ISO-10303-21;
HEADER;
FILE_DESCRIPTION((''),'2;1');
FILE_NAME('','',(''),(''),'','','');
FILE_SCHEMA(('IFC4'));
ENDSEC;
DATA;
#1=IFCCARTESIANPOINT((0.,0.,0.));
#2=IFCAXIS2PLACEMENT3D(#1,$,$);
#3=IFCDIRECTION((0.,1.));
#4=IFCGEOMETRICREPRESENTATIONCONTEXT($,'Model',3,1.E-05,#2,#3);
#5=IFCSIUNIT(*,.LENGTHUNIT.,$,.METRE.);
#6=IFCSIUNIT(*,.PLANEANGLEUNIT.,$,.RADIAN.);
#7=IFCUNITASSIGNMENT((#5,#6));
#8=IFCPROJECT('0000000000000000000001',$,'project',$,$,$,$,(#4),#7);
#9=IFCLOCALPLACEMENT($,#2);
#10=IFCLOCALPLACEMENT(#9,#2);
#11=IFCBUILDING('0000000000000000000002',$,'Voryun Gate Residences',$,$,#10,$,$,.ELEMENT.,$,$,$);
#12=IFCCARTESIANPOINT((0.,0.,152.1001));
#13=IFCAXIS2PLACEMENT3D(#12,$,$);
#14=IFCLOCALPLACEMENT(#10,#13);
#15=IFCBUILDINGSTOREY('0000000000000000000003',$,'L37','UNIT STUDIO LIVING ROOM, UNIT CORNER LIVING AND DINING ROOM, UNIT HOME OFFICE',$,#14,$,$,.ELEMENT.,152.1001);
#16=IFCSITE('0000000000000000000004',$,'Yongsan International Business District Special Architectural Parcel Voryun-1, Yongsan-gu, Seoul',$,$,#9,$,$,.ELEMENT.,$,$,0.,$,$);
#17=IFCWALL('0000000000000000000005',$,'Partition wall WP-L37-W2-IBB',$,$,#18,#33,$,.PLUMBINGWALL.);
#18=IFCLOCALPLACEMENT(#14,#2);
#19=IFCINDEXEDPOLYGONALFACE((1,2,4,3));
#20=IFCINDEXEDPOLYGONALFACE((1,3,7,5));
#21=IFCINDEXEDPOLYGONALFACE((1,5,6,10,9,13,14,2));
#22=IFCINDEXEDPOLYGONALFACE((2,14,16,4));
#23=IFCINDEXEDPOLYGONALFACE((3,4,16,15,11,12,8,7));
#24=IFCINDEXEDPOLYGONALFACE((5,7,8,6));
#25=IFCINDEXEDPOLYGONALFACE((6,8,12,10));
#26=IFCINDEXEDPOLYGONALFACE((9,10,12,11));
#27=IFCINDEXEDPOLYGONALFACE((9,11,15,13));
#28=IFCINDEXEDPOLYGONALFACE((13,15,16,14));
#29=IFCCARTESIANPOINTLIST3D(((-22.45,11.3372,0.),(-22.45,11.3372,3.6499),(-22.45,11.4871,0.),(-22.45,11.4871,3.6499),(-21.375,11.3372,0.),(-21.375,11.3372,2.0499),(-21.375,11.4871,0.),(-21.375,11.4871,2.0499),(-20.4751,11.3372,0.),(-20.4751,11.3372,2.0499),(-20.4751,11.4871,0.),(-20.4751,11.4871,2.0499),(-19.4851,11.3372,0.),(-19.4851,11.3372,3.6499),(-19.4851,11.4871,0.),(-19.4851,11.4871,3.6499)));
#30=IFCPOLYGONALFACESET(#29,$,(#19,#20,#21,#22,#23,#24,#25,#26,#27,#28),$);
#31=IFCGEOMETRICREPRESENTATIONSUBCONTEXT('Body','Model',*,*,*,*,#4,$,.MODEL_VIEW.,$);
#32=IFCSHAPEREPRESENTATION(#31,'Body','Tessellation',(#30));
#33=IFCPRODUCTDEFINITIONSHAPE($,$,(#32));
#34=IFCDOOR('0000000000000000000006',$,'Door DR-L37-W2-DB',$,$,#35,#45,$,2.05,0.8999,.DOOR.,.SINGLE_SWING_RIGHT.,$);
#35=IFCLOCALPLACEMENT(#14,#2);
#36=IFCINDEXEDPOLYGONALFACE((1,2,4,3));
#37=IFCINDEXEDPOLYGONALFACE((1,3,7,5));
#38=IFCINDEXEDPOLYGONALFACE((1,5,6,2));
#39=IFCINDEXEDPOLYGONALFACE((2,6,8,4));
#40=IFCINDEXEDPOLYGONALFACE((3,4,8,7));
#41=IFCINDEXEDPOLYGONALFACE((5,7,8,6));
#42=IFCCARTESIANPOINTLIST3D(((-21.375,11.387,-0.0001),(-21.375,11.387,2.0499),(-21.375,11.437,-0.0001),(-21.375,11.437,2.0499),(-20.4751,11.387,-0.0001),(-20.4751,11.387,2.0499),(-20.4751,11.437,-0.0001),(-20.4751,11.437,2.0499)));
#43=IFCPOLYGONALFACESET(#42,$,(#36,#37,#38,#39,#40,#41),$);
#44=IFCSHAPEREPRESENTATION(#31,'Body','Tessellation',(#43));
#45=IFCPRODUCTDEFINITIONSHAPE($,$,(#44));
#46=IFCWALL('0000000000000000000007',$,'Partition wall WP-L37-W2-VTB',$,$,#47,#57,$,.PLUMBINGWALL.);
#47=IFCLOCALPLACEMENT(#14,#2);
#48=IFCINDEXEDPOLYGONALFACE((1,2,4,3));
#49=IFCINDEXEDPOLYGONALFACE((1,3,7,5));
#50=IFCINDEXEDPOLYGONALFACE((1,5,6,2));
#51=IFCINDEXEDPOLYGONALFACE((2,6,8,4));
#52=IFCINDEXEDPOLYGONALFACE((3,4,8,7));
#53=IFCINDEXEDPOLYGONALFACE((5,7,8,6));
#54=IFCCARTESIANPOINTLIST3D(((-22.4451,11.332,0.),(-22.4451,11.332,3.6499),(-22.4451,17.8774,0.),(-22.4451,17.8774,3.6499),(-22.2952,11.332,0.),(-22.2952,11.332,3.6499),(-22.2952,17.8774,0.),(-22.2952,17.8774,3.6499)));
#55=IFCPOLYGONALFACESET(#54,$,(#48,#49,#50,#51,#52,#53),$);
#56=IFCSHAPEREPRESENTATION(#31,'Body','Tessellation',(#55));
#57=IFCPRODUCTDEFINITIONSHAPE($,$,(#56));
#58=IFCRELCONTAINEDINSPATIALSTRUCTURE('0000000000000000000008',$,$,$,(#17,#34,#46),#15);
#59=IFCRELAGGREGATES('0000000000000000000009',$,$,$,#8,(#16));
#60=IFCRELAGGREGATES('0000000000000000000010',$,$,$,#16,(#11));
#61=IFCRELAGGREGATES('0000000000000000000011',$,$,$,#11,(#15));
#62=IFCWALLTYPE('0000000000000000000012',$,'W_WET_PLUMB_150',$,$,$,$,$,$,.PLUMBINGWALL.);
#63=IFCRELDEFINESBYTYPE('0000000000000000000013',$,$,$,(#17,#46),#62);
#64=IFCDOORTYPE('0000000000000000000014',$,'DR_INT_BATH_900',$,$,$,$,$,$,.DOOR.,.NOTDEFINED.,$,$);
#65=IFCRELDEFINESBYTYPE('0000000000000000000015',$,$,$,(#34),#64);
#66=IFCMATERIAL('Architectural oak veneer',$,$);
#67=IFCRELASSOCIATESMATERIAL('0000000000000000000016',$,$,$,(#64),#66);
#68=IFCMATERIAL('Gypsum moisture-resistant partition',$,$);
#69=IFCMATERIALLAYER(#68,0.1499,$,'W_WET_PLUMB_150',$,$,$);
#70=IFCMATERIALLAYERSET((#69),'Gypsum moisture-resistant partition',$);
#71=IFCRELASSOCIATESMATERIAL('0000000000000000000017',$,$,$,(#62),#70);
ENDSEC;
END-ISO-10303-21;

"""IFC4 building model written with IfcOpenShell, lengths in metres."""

from ifc_helpers import new_model, si_unit, direction, frame, frame_2d, origin, place, context, subcontext, project, spatial, rectangle, extrude, material, layer, layer_set, type_object, element, fill, save


model = new_model("IFC4")

# Units and contexts
model_context = context("Model", 3, precision=1e-05, world=origin(), true_north=direction((0.0, 1.0)))
body_context = subcontext(model_context, "Body", "Model", "MODEL_VIEW")
ifc_project = project(units=[si_unit("LENGTHUNIT", "METRE"), si_unit("PLANEANGLEUNIT", "RADIAN")], contexts=[model_context])

# Site, building, storey
site_placement = place(None, origin())
site = spatial("IfcSite", under=ifc_project, at=site_placement, Name="Yongsan International Business District Special Architectural Parcel Voryun-1, Yongsan-gu, Seoul", CompositionType="ELEMENT", RefElevation=0.0)
building_placement = place(site_placement, origin())
building = spatial("IfcBuilding", under=site, at=building_placement, Name="Voryun Gate Residences", CompositionType="ELEMENT")
storey_placement = place(building_placement, frame((0.0, 0.0, 152.1001)))
storey = spatial("IfcBuildingStorey", under=building, at=storey_placement, Name="L37", Description="UNIT STUDIO LIVING ROOM, UNIT CORNER LIVING AND DINING ROOM, UNIT HOME OFFICE", CompositionType="ELEMENT", Elevation=152.1001)

# Shared definitions
ifc_material_1 = material(Name="Architectural oak veneer")
door_type_1 = type_object("IfcDoorType", Name="DR_INT_BATH_900", OperationType="NOTDEFINED", PredefinedType="DOOR", material=ifc_material_1)

# Shared definitions
ifc_material_2 = material(Name="Gypsum moisture-resistant partition")
ifc_layer_1 = layer(ifc_material_2, 0.1499, Name="W_WET_PLUMB_150")
ifc_layer_set_1 = layer_set([ifc_layer_1], Name="Gypsum moisture-resistant partition")
wall_type_1 = type_object("IfcWallType", Name="W_WET_PLUMB_150", PredefinedType="PLUMBINGWALL", material=ifc_layer_set_1)

# Wall, opening, door
wall_1_placement = place(storey_placement, frame((-22.45, 11.4121, 0.0), z_axis=(0.0, 0.0, 1.0), x_axis=(1.0, 0.0, 0.0)))
wall_1 = element("IfcWall", 1, at=wall_1_placement, inside=storey, type_object=wall_type_1, Name="Partition wall WP-L37-W2-IBB", PredefinedType="PLUMBINGWALL", context=body_context, shape_type="SweptSolid", body=[
    extrude(rectangle(XDim=2.9648, YDim=0.1499, at=frame_2d((1.4824, 0.0))), origin(), (0.0, 0.0, 1.0), 3.6499),
])
opening_1_placement = place(wall_1_placement, frame((1.075, 0.0, 0.0)))
opening_1 = element("IfcOpeningElement", 2, at=opening_1_placement, cuts=wall_1, PredefinedType="OPENING", context=body_context, shape_type="SweptSolid", body=[
    extrude(rectangle(XDim=0.8999, YDim=2.05, at=frame_2d((0.45, 1.0249))), frame((0.0, 0.085, 0.0), z_axis=(0.0, -1.0, 0.0), x_axis=(1.0, 0.0, 0.0)), (0.0, 0.0, 1.0), 0.1699),
])
door_1_placement = place(opening_1_placement, origin())
door_1 = element("IfcDoor", 3, at=door_1_placement, inside=storey, type_object=door_type_1, Name="Door DR-L37-W2-DB", OperationType="SINGLE_SWING_RIGHT", OverallHeight=2.05, OverallWidth=0.8999, PredefinedType="DOOR", context=body_context, shape_type="SweptSolid", body=[
    extrude(rectangle(XDim=0.8999, YDim=2.05, at=frame_2d((0.45, 1.0249))), frame((0.0, 0.0249, 0.0), z_axis=(0.0, -1.0, 0.0), x_axis=(1.0, 0.0, 0.0)), (0.0, 0.0, 1.0), 0.05),
])
fill(opening_1, door_1)

# Wall
wall_2_placement = place(storey_placement, frame((-22.3701, 11.332, 0.0), z_axis=(0.0, 0.0, 1.0), x_axis=(0.0, 1.0, 0.0)))
element("IfcWall", 4, at=wall_2_placement, inside=storey, type_object=wall_type_1, Name="Partition wall WP-L37-W2-VTB", PredefinedType="PLUMBINGWALL", context=body_context, shape_type="SweptSolid", body=[
    extrude(rectangle(XDim=6.5454, YDim=0.1499, at=frame_2d((3.2727, 0.0))), origin(), (0.0, 0.0, 1.0), 3.6499),
])

save(model, "model.ifc")
